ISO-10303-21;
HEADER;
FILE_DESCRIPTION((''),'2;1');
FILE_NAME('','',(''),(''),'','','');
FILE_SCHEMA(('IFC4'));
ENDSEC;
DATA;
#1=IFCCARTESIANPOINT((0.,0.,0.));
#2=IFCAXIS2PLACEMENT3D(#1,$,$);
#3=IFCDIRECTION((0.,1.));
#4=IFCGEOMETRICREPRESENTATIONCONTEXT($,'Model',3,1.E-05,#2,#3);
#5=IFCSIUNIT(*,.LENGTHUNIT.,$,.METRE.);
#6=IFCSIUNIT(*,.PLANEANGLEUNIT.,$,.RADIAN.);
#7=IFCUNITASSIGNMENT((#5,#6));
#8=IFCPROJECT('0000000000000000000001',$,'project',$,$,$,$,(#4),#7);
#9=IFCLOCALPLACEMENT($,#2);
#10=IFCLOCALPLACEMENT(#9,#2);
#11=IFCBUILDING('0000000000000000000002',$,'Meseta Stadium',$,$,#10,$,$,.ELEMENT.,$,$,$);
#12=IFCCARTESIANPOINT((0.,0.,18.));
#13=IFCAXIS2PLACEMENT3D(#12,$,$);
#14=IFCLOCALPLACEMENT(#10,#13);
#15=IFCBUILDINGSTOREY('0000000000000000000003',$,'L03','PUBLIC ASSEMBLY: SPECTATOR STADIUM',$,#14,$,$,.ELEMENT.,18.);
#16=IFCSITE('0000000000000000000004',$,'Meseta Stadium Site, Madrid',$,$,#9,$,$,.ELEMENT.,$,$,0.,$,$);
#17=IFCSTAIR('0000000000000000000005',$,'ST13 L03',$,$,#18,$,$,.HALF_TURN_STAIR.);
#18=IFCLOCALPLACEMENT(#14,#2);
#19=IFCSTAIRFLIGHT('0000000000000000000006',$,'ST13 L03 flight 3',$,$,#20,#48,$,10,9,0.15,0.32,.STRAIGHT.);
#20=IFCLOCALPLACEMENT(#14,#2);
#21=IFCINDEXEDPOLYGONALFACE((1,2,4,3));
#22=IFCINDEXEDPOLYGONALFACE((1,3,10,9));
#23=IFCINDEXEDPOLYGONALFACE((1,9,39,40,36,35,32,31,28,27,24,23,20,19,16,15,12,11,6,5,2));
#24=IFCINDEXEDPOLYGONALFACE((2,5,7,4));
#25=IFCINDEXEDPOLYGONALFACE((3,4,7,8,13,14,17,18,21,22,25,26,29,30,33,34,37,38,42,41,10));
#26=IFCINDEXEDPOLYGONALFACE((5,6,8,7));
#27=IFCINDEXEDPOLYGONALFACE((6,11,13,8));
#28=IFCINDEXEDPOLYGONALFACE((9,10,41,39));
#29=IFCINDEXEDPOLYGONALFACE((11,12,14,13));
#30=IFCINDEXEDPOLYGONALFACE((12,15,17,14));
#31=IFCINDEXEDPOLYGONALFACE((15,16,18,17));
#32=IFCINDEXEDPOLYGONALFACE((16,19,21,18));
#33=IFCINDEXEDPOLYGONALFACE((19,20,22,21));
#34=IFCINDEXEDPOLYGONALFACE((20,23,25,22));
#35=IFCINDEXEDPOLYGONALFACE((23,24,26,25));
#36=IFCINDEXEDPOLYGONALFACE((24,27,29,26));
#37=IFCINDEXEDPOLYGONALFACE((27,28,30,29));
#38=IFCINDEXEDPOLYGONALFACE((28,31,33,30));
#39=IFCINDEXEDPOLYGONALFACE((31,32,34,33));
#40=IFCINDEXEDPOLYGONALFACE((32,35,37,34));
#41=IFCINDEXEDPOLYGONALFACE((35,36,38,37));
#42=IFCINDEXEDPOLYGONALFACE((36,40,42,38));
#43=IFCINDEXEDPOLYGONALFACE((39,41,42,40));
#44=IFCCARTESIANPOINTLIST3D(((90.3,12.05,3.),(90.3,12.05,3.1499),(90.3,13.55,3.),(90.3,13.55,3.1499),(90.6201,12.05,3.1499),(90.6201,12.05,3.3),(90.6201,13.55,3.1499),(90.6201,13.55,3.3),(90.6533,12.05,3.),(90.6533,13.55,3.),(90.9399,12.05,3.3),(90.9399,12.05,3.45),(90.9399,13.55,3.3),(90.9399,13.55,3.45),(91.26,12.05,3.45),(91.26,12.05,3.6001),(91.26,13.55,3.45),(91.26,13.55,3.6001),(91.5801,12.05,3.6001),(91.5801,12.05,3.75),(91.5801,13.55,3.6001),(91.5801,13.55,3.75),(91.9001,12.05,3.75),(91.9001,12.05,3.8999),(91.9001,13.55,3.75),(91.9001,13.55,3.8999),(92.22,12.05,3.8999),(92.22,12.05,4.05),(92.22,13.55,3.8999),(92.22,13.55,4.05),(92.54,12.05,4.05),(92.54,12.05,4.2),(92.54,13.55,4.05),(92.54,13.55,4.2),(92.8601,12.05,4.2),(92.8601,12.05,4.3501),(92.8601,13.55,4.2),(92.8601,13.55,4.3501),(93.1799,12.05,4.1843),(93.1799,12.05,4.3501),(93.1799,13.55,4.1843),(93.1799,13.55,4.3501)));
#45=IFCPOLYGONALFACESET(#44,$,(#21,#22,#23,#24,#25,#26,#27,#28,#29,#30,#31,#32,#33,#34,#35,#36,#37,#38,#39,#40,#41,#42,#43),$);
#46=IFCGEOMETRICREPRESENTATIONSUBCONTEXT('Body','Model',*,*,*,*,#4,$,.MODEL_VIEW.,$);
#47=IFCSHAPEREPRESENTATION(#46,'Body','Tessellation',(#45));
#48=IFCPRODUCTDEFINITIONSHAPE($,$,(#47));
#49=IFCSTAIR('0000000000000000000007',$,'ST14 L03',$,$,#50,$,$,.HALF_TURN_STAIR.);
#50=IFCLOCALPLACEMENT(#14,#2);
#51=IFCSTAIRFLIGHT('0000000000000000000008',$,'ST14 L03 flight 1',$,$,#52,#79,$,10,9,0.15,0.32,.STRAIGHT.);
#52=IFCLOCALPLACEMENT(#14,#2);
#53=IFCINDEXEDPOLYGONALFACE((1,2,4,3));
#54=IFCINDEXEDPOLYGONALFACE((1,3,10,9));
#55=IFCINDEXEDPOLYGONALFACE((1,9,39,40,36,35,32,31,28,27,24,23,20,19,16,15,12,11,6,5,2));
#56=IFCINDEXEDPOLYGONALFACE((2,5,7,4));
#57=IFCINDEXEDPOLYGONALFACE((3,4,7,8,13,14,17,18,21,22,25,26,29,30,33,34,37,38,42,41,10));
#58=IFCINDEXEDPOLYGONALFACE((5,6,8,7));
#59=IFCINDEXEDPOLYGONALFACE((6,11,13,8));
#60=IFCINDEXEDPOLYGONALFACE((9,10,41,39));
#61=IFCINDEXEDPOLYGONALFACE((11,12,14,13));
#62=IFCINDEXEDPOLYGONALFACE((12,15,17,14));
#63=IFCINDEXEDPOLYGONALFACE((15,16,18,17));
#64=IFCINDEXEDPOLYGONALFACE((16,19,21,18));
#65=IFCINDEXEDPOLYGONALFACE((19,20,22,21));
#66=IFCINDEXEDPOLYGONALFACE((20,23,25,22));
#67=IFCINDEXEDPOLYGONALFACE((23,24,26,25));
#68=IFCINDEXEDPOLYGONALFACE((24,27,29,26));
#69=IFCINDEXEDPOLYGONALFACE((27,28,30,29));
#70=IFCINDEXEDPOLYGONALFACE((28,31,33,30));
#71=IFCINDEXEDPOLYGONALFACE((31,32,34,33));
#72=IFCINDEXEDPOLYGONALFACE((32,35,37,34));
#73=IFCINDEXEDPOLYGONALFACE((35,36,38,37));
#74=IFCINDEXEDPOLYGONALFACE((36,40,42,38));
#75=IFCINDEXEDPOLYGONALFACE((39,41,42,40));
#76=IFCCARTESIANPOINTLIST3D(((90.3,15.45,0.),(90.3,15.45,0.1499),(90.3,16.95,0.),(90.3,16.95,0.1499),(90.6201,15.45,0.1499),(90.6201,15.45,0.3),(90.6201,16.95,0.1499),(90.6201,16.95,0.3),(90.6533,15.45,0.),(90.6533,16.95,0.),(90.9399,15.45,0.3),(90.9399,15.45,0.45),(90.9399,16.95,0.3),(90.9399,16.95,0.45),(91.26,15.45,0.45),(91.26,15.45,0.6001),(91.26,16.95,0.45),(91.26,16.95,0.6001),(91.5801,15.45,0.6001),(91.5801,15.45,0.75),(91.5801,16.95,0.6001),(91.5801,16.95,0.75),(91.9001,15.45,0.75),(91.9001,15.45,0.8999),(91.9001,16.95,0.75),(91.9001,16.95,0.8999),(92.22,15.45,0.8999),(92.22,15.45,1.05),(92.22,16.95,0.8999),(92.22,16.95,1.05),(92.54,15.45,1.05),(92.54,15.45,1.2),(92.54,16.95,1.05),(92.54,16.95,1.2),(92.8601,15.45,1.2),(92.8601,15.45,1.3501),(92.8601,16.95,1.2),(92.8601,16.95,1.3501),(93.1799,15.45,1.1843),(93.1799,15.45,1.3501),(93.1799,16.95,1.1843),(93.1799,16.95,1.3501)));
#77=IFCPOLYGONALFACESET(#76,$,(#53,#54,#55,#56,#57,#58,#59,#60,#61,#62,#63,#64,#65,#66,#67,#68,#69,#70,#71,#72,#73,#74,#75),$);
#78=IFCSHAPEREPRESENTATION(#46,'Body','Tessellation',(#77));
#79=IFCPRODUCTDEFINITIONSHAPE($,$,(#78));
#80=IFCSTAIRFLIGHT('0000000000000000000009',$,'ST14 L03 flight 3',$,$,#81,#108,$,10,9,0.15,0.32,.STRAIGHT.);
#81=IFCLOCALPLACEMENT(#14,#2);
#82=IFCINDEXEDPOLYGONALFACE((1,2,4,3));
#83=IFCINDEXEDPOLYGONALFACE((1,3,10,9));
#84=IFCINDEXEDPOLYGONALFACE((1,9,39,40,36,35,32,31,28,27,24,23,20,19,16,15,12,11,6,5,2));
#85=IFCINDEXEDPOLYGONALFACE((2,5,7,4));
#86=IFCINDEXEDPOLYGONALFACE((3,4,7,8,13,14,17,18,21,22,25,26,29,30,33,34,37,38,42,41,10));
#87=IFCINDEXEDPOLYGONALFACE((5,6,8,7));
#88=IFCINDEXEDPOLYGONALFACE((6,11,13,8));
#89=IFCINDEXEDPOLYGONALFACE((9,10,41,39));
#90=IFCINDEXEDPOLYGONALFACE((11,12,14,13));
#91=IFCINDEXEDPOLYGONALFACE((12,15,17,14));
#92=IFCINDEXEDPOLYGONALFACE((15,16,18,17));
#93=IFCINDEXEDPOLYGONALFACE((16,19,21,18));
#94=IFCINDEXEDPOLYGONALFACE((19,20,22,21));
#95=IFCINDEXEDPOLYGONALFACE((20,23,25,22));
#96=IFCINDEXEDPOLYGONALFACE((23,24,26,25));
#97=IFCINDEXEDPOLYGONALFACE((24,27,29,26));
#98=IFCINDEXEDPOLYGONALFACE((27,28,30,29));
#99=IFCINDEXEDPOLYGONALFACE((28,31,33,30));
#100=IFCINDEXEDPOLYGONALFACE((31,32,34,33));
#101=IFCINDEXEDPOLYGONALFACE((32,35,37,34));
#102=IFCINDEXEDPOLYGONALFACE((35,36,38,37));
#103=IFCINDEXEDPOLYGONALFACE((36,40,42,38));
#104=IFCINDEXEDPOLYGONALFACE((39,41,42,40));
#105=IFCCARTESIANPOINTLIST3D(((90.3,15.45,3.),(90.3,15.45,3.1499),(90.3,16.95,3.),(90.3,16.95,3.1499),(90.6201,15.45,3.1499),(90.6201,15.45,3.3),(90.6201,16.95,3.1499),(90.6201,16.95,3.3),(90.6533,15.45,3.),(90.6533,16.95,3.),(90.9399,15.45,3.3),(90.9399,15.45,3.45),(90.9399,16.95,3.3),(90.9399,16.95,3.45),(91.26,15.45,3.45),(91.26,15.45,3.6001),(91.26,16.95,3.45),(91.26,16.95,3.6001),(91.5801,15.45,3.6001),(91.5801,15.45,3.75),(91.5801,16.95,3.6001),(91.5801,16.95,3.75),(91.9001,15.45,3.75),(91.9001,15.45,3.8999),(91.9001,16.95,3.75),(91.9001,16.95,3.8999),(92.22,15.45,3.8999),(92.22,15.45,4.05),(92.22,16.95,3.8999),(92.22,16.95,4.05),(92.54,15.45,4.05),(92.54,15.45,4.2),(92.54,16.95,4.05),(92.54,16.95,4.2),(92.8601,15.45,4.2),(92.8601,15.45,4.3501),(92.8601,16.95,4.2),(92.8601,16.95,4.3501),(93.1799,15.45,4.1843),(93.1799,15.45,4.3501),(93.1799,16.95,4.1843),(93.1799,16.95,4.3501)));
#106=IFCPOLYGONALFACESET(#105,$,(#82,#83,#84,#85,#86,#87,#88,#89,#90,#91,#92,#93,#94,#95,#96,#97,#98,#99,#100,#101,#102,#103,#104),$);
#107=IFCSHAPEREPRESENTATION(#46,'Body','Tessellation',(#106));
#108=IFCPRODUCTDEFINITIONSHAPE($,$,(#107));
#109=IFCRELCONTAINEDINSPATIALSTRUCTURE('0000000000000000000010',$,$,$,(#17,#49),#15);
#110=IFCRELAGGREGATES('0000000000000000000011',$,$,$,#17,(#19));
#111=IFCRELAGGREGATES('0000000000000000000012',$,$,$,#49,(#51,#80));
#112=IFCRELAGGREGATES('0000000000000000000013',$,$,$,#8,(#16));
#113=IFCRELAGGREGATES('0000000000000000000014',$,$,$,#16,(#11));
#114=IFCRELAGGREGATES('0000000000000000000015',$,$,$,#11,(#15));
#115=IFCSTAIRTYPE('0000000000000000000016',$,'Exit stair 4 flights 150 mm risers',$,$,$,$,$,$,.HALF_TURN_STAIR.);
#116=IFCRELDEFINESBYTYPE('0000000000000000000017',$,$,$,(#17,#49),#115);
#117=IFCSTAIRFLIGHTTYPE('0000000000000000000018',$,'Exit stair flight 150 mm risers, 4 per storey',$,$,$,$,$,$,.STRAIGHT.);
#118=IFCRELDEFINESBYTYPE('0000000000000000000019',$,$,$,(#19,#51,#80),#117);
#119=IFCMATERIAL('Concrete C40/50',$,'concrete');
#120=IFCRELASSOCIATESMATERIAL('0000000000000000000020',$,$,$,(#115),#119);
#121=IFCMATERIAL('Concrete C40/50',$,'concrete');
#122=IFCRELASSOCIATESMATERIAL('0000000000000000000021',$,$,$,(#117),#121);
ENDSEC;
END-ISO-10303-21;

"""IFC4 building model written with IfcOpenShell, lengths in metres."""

from ifc_helpers import new_model, si_unit, direction, frame, origin, place, context, subcontext, project, spatial, polyline, outline, extrude, material, type_object, element, aggregate, save


model = new_model("IFC4")

# Units and contexts
model_context = context("Model", 3, precision=1e-05, world=origin(), true_north=direction((0.0, 1.0)))
body_context = subcontext(model_context, "Body", "Model", "MODEL_VIEW")
ifc_project = project(units=[si_unit("LENGTHUNIT", "METRE"), si_unit("PLANEANGLEUNIT", "RADIAN")], contexts=[model_context])

# Site, building, storey
site_placement = place(None, origin())
site = spatial("IfcSite", under=ifc_project, at=site_placement, Name="Meseta Stadium Site, Madrid", CompositionType="ELEMENT", RefElevation=0.0)
building_placement = place(site_placement, origin())
building = spatial("IfcBuilding", under=site, at=building_placement, Name="Meseta Stadium", CompositionType="ELEMENT")
storey_placement = place(building_placement, frame((0.0, 0.0, 18.0)))
storey = spatial("IfcBuildingStorey", under=building, at=storey_placement, Name="L03", Description="PUBLIC ASSEMBLY: SPECTATOR STADIUM", CompositionType="ELEMENT", Elevation=18.0)

# Stairs, stair flights
ifc_material_1 = material(Name="Concrete C40/50", Category="concrete")
stair_type = type_object("IfcStairType", Name="Exit stair 4 flights 150 mm risers", PredefinedType="HALF_TURN_STAIR", material=ifc_material_1)
stair_1_placement = place(storey_placement, origin())
stair_1 = element("IfcStair", 1, at=stair_1_placement, inside=storey, type_object=stair_type, Name="ST13 L03", PredefinedType="HALF_TURN_STAIR")
ifc_material_2 = material(Name="Concrete C40/50", Category="concrete")
stair_flight_type = type_object("IfcStairFlightType", Name="Exit stair flight 150 mm risers, 4 per storey", PredefinedType="STRAIGHT", material=ifc_material_2)
stair_flight_1_placement = place(storey_placement, frame((90.3, 12.8, 3.0), z_axis=(0.0, 0.0, 1.0), x_axis=(1.0, 0.0, 0.0)))
stair_flight_1 = element("IfcStairFlight", 2, at=stair_flight_1_placement, type_object=stair_flight_type, Name="ST13 L03 flight 3", NumberOfRisers=10, NumberOfTreads=9, PredefinedType="STRAIGHT", RiserHeight=0.15, TreadLength=0.32, context=body_context, shape_type="SweptSolid", body=[
    extrude(outline(polyline([(0.0, 0.0), (0.0, 0.1499), (0.3201, 0.1499), (0.3201, 0.3), (0.6399, 0.3), (0.6399, 0.45), (0.96, 0.45), (0.96, 0.6001), (1.28, 0.6001), (1.28, 0.75), (1.6001, 0.75), (1.6001, 0.8999), (1.9199, 0.8999), (1.9199, 1.05), (2.24, 1.05), (2.24, 1.2), (2.5601, 1.2), (2.5601, 1.3501), (2.8799, 1.3501), (2.8799, 1.1843), (0.3533, 0.0), (0.0, 0.0)])), frame((0.0, 0.75, 0.0), z_axis=(0.0, -1.0, 0.0), x_axis=(1.0, 0.0, 0.0)), (0.0, 0.0, 1.0), 1.5),
])
aggregate(stair_1, [stair_flight_1])
stair_2_placement = place(storey_placement, origin())
stair_2 = element("IfcStair", 3, at=stair_2_placement, inside=storey, type_object=stair_type, Name="ST14 L03", PredefinedType="HALF_TURN_STAIR")
stair_flight_2_placement = place(storey_placement, frame((90.3, 16.2, 0.0), z_axis=(0.0, 0.0, 1.0), x_axis=(1.0, 0.0, 0.0)))
stair_flight_2 = element("IfcStairFlight", 4, at=stair_flight_2_placement, type_object=stair_flight_type, Name="ST14 L03 flight 1", NumberOfRisers=10, NumberOfTreads=9, PredefinedType="STRAIGHT", RiserHeight=0.15, TreadLength=0.32, context=body_context, shape_type="SweptSolid", body=[
    extrude(outline(polyline([(0.0, 0.0), (0.0, 0.1499), (0.3201, 0.1499), (0.3201, 0.3), (0.6399, 0.3), (0.6399, 0.45), (0.96, 0.45), (0.96, 0.6001), (1.28, 0.6001), (1.28, 0.75), (1.6001, 0.75), (1.6001, 0.8999), (1.9199, 0.8999), (1.9199, 1.05), (2.24, 1.05), (2.24, 1.2), (2.5601, 1.2), (2.5601, 1.3501), (2.8799, 1.3501), (2.8799, 1.1843), (0.3533, 0.0), (0.0, 0.0)])), frame((0.0, 0.75, 0.0), z_axis=(0.0, -1.0, 0.0), x_axis=(1.0, 0.0, 0.0)), (0.0, 0.0, 1.0), 1.5),
])
stair_flight_3_placement = place(storey_placement, frame((90.3, 16.2, 3.0), z_axis=(0.0, 0.0, 1.0), x_axis=(1.0, 0.0, 0.0)))
stair_flight_3 = element("IfcStairFlight", 5, at=stair_flight_3_placement, type_object=stair_flight_type, Name="ST14 L03 flight 3", NumberOfRisers=10, NumberOfTreads=9, PredefinedType="STRAIGHT", RiserHeight=0.15, TreadLength=0.32, context=body_context, shape_type="SweptSolid", body=[
    extrude(outline(polyline([(0.0, 0.0), (0.0, 0.1499), (0.3201, 0.1499), (0.3201, 0.3), (0.6399, 0.3), (0.6399, 0.45), (0.96, 0.45), (0.96, 0.6001), (1.28, 0.6001), (1.28, 0.75), (1.6001, 0.75), (1.6001, 0.8999), (1.9199, 0.8999), (1.9199, 1.05), (2.24, 1.05), (2.24, 1.2), (2.5601, 1.2), (2.5601, 1.3501), (2.8799, 1.3501), (2.8799, 1.1843), (0.3533, 0.0), (0.0, 0.0)])), frame((0.0, 0.75, 0.0), z_axis=(0.0, -1.0, 0.0), x_axis=(1.0, 0.0, 0.0)), (0.0, 0.0, 1.0), 1.5),
])
aggregate(stair_2, [stair_flight_2, stair_flight_3])

save(model, "model.ifc")
